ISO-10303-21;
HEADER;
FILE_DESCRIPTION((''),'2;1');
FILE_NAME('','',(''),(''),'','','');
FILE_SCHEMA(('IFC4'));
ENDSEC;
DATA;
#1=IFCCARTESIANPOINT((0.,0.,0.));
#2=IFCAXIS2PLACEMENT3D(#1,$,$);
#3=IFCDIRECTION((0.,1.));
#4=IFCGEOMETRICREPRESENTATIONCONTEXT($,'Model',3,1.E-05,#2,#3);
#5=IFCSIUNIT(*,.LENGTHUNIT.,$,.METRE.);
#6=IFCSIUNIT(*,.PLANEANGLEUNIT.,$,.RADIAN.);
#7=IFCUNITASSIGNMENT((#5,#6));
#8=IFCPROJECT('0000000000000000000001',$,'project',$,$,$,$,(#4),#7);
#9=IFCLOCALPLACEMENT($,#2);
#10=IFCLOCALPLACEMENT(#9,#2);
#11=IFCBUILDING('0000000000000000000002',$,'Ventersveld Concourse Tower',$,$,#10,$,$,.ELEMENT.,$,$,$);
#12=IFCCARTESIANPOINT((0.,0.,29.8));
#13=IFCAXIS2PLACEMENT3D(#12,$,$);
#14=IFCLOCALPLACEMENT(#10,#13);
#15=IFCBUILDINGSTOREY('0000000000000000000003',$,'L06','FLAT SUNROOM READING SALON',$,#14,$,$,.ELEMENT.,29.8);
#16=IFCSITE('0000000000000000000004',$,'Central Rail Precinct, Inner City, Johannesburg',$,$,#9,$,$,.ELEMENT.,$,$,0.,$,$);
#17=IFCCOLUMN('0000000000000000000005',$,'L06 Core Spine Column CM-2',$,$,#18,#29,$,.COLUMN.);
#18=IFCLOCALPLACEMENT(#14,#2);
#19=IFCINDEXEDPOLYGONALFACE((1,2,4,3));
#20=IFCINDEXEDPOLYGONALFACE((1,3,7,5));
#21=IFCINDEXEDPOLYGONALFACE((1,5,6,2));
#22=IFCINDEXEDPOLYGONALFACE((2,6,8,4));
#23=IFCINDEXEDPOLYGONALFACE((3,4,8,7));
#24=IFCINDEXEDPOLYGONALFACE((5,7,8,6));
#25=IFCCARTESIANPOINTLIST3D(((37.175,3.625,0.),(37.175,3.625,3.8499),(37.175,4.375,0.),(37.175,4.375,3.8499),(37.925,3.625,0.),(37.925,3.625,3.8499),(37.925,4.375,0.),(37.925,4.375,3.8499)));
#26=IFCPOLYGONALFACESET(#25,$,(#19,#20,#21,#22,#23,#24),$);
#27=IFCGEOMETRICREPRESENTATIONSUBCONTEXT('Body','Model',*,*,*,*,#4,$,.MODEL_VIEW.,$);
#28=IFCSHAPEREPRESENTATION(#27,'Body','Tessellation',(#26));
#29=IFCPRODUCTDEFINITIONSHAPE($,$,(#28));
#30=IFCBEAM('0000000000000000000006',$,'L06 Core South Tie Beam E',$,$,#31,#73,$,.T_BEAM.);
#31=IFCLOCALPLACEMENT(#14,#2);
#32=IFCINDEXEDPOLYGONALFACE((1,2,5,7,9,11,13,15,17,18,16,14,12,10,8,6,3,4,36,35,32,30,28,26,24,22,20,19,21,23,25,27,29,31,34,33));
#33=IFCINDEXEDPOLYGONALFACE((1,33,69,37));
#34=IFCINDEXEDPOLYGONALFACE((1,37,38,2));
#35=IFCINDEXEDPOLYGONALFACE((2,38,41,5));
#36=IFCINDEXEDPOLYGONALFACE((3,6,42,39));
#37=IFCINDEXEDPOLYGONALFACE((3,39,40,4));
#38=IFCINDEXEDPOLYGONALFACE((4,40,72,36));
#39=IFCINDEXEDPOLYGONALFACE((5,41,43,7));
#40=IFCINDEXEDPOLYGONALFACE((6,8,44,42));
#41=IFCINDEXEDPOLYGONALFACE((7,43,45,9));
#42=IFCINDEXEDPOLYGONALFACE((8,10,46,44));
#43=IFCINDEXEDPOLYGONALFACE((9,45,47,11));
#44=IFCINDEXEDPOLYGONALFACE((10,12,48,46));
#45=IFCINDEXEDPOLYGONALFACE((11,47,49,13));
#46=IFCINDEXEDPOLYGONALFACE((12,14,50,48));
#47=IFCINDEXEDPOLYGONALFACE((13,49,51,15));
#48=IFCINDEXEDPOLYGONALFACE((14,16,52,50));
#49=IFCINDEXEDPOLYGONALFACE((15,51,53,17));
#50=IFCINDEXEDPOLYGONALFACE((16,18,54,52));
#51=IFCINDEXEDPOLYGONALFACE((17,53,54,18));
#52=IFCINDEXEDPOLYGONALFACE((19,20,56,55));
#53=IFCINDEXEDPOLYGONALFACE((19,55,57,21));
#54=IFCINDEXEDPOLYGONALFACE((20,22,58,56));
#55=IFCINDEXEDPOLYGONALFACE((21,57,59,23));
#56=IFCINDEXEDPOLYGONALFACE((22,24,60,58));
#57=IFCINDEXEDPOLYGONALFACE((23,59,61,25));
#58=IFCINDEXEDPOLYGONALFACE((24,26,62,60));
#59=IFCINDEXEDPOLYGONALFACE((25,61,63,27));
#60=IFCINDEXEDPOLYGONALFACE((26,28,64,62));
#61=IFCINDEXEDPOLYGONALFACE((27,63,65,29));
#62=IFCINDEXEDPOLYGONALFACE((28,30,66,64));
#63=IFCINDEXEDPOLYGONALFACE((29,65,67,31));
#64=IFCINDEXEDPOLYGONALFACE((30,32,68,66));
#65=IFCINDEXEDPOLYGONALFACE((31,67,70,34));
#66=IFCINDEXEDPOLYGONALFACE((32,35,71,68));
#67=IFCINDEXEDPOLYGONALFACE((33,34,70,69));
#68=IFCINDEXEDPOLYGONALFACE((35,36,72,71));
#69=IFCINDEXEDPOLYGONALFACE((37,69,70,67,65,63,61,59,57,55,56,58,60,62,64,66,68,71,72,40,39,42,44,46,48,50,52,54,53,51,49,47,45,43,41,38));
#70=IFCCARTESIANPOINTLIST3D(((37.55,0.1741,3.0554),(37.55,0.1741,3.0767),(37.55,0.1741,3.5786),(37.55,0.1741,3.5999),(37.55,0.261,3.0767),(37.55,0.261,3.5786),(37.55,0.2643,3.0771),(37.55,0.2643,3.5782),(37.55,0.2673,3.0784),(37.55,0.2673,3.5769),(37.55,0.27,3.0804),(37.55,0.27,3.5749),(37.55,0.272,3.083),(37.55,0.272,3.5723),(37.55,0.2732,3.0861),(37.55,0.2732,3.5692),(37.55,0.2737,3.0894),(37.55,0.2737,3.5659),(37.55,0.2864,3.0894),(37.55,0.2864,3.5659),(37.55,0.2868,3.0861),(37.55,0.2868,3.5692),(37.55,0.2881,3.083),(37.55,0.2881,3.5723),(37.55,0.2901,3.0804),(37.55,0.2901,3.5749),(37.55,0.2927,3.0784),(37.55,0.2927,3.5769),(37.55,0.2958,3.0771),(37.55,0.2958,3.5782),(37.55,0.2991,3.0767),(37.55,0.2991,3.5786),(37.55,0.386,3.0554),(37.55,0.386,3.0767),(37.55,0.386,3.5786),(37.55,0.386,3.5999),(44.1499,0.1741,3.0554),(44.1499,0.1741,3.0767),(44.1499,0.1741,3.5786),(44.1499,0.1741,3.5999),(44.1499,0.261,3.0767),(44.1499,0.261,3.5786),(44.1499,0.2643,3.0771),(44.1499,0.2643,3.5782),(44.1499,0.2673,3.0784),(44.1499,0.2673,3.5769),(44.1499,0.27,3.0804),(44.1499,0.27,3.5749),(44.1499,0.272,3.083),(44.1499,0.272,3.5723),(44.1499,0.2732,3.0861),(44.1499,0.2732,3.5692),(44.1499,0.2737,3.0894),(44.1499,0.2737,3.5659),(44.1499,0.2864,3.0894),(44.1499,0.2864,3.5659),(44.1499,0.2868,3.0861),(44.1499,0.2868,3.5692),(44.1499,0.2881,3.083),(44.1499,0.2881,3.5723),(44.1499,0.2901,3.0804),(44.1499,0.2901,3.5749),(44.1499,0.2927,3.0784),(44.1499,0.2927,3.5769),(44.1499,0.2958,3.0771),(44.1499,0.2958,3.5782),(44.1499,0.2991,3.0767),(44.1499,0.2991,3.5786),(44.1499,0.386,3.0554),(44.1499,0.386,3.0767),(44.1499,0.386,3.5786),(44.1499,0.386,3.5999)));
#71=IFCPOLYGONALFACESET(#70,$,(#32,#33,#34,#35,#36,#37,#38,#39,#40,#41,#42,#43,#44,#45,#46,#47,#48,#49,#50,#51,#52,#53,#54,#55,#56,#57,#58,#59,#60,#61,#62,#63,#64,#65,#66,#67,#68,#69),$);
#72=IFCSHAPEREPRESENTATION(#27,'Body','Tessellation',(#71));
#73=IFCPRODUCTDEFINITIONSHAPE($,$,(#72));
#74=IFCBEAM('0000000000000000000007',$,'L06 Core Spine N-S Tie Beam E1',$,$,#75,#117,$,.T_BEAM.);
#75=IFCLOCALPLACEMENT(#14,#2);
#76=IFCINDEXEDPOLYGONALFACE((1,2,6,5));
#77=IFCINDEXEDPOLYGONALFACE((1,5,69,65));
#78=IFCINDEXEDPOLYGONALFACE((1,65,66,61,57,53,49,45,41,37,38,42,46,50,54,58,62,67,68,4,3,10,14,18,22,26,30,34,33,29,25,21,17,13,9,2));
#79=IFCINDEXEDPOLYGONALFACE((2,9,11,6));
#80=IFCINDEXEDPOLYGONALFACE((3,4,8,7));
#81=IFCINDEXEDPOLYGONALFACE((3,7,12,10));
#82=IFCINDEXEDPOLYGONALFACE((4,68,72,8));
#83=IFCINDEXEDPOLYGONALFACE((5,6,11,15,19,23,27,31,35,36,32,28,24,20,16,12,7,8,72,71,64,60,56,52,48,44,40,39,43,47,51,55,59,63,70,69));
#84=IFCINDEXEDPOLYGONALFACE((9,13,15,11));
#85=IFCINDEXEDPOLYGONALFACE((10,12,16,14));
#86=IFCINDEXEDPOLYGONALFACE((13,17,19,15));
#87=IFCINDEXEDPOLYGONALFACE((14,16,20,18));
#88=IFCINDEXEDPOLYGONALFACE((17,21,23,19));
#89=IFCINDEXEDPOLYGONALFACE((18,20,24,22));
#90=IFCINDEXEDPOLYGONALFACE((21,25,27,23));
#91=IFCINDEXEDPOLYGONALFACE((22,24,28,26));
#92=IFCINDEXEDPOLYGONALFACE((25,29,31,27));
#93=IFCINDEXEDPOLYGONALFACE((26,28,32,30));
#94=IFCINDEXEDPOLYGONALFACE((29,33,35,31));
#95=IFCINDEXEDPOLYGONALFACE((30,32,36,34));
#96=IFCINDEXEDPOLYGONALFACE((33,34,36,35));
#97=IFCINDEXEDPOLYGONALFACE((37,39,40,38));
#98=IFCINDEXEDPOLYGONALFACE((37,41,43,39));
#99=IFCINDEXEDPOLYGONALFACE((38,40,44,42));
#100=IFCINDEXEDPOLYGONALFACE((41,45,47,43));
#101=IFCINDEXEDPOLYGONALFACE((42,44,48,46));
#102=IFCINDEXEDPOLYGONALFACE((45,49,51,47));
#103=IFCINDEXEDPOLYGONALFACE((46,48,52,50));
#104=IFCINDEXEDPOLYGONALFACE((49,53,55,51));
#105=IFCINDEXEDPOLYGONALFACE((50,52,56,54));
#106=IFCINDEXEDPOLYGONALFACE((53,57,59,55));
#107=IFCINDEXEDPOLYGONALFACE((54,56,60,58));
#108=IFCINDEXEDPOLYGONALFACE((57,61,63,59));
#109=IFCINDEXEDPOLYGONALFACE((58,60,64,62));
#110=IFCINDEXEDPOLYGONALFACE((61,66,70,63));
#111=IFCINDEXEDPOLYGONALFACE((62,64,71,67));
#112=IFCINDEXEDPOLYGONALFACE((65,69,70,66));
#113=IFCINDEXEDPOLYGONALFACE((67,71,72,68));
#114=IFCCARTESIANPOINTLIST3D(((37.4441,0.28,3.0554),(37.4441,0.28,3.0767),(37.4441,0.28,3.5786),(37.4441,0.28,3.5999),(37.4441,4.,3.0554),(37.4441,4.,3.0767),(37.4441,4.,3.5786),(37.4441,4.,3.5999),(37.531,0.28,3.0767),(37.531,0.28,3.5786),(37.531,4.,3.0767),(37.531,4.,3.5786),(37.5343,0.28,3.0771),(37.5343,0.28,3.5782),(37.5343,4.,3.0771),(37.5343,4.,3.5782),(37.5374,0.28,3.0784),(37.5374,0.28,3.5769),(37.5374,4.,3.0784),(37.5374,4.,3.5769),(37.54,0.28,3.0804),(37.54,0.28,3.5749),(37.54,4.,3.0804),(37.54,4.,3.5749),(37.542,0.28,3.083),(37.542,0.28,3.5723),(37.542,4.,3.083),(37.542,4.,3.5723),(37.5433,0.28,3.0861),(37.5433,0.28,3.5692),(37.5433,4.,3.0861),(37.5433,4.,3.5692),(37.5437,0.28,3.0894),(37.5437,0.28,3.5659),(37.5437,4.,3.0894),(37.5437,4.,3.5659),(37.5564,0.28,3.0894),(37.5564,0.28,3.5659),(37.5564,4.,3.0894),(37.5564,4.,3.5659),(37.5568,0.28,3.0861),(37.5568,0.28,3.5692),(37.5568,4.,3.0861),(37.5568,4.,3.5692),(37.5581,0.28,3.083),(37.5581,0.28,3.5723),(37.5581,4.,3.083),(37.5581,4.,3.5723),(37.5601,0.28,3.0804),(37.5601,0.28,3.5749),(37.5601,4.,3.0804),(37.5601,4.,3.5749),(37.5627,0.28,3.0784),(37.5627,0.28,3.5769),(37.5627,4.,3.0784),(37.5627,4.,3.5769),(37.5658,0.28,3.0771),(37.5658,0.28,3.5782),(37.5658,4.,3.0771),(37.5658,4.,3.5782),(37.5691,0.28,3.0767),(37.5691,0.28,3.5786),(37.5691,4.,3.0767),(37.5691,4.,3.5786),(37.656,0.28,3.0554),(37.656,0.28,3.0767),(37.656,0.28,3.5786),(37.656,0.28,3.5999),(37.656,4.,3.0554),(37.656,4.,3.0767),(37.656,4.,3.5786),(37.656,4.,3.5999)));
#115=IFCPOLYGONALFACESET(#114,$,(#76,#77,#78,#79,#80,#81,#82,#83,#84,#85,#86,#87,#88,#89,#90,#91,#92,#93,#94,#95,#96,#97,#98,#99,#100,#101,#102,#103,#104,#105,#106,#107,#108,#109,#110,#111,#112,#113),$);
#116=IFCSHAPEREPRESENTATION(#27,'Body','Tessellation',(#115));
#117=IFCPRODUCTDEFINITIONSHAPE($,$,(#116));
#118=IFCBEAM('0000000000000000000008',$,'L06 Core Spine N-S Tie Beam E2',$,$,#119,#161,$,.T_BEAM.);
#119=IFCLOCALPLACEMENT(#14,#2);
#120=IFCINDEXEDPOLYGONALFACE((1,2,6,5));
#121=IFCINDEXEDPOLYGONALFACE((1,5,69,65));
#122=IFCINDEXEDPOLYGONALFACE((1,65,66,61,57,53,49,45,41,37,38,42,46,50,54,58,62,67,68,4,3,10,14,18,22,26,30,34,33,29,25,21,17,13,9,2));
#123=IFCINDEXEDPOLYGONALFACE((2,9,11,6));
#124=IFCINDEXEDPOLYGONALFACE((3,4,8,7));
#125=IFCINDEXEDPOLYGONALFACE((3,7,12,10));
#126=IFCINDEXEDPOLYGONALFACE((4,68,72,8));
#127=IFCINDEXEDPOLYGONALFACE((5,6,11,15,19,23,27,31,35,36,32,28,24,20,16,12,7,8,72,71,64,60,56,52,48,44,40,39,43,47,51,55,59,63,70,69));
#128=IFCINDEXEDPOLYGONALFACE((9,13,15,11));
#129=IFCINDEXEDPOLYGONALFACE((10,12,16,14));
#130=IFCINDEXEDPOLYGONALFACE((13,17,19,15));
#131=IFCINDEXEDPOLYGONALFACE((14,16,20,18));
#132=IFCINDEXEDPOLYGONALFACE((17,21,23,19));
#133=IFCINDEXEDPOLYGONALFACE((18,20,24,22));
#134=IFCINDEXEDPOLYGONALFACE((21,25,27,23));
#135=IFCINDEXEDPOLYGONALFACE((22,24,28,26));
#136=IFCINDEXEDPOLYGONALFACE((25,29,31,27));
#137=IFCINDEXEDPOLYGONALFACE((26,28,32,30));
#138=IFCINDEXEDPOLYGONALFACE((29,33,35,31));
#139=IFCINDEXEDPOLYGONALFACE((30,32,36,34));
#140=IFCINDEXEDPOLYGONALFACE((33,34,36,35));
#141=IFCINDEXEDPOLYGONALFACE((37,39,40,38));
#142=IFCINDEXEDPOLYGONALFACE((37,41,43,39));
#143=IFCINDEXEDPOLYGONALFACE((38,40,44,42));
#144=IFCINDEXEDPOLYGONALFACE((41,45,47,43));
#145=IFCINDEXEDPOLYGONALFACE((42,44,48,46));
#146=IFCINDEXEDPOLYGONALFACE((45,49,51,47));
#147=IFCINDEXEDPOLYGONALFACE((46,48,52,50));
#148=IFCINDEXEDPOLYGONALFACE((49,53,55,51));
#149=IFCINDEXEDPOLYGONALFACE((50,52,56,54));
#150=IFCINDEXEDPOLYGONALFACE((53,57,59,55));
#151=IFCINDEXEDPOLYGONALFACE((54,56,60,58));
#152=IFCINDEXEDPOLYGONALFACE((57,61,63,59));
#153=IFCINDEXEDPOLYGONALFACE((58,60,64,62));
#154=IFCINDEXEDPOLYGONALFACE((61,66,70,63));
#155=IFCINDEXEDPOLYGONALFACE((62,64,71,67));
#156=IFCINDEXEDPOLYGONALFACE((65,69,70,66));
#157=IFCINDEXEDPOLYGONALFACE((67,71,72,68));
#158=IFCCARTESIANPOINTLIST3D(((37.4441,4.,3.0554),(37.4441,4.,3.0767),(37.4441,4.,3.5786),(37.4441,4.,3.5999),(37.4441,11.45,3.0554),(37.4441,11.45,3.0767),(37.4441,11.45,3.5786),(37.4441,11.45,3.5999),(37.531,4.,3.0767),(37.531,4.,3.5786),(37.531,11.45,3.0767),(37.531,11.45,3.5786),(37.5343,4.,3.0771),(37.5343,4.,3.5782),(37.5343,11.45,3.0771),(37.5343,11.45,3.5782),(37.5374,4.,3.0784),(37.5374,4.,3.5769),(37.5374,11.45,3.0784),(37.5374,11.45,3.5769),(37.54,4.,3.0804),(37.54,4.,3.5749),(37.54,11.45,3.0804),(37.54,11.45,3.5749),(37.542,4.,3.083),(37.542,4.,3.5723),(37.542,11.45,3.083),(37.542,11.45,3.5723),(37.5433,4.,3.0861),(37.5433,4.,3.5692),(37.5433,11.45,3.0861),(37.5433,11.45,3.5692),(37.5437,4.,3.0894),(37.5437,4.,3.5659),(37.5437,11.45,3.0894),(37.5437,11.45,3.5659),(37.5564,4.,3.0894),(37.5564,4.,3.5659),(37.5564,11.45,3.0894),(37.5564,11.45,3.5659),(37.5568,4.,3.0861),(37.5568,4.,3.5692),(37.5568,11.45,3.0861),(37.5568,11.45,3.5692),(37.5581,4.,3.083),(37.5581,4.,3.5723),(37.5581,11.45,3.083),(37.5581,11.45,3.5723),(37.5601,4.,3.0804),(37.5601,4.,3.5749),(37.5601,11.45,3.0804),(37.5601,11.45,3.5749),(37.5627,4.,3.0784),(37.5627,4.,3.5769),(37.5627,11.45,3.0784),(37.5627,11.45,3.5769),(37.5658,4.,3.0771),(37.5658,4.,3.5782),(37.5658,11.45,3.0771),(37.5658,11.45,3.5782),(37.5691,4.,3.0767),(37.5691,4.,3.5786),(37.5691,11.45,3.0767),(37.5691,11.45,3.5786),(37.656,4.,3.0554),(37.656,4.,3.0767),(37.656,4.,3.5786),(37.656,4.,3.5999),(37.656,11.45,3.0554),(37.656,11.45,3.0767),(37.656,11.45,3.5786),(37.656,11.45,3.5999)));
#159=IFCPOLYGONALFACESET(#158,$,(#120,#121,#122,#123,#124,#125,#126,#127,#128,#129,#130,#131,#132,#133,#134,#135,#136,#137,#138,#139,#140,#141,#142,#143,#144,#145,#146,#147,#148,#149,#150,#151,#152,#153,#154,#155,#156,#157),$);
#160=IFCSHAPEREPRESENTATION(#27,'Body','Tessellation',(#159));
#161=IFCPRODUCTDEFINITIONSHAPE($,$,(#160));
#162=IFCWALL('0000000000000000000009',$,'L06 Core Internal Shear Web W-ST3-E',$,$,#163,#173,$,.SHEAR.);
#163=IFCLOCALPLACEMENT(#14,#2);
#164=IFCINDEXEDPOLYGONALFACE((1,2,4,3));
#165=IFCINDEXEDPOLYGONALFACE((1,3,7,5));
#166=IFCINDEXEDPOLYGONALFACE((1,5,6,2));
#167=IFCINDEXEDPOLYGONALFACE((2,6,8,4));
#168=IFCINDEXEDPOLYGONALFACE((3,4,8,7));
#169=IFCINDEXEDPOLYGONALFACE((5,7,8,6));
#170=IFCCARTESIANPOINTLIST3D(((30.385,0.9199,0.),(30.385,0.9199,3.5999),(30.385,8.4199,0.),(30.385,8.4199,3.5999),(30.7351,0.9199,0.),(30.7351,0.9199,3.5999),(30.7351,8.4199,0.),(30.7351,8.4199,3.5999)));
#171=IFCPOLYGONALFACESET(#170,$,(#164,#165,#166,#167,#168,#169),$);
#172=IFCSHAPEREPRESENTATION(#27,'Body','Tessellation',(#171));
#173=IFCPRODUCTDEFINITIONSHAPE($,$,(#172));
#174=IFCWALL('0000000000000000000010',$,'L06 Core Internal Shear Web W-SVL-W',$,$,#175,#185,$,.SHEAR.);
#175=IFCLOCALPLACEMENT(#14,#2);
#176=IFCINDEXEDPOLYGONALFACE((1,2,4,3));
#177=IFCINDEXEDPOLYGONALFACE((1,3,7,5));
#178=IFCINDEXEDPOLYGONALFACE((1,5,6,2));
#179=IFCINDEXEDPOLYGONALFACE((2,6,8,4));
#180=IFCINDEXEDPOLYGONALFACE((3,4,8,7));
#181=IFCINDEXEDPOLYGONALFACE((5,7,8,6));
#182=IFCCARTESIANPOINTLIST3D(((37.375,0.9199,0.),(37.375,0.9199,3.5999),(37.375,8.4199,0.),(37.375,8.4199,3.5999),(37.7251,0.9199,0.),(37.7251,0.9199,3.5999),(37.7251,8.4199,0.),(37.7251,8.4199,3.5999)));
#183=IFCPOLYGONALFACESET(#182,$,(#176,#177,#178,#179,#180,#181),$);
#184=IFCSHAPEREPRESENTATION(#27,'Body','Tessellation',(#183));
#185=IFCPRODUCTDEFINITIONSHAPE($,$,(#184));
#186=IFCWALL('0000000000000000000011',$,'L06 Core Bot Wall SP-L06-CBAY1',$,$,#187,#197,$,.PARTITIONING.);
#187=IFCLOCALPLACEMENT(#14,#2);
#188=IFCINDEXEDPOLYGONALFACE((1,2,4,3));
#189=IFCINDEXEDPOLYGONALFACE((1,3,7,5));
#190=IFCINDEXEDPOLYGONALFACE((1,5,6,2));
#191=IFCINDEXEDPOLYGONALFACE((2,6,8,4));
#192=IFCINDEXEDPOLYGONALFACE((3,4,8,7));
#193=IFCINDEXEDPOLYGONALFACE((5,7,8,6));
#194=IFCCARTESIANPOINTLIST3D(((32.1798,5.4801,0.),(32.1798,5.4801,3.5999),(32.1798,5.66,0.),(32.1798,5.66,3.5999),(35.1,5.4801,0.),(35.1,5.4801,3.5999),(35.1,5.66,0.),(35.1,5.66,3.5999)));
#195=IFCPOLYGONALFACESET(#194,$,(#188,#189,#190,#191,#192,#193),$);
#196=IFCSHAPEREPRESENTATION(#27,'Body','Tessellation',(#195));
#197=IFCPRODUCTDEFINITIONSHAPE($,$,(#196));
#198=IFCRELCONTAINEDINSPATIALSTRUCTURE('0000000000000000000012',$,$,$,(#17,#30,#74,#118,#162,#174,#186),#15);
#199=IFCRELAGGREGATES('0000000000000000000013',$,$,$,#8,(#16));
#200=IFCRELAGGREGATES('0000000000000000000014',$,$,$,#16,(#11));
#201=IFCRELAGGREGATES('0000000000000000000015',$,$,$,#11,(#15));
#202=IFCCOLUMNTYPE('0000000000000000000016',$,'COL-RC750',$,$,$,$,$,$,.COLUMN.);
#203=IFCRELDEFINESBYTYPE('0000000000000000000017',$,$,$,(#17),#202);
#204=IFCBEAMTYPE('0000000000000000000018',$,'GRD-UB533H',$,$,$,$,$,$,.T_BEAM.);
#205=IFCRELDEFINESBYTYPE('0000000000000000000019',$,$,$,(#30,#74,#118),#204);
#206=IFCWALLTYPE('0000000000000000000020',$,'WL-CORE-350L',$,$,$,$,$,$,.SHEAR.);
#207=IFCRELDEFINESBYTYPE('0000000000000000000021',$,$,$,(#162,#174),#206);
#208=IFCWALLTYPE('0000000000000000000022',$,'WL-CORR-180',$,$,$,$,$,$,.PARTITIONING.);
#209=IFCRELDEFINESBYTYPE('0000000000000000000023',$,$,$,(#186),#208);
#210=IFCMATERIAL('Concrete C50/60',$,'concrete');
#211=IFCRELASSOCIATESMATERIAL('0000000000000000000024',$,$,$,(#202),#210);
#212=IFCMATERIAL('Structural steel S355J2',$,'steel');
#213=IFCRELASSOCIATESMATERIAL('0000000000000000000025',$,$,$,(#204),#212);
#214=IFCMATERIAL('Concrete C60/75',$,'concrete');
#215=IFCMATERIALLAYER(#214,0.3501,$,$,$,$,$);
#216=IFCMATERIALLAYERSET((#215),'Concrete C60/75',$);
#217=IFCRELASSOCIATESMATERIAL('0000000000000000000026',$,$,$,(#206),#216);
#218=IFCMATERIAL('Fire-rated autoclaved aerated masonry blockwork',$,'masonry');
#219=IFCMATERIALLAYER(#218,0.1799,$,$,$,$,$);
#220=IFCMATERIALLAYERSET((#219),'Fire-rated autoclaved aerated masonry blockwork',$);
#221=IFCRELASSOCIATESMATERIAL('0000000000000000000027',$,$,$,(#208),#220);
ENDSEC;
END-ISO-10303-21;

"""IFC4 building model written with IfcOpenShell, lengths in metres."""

from ifc_helpers import new_model, si_unit, direction, frame, frame_2d, origin, origin_2d, place, context, subcontext, project, spatial, rectangle, i_section, extrude, material, layer, layer_set, material_profile, profile_set, type_object, element, save


model = new_model("IFC4")

# Units and contexts
model_context = context("Model", 3, precision=1e-05, world=origin(), true_north=direction((0.0, 1.0)))
body_context = subcontext(model_context, "Body", "Model", "MODEL_VIEW")
ifc_project = project(units=[si_unit("LENGTHUNIT", "METRE"), si_unit("PLANEANGLEUNIT", "RADIAN")], contexts=[model_context])

# Site, building, storey
site_placement = place(None, origin())
site = spatial("IfcSite", under=ifc_project, at=site_placement, Name="Central Rail Precinct, Inner City, Johannesburg", CompositionType="ELEMENT", RefElevation=0.0)
building_placement = place(site_placement, origin())
building = spatial("IfcBuilding", under=site, at=building_placement, Name="Ventersveld Concourse Tower", CompositionType="ELEMENT")
storey_placement = place(building_placement, frame((0.0, 0.0, 29.8)))
storey = spatial("IfcBuildingStorey", under=building, at=storey_placement, Name="L06", Description="FLAT SUNROOM READING SALON", CompositionType="ELEMENT", Elevation=29.8)

# Column
ifc_material_1 = material(Name="Concrete C50/60", Category="concrete")
ifc_material_profile_1 = material_profile(ifc_material_1, rectangle(XDim=0.75, YDim=0.75, at=origin_2d()), Name="RC 750x750")
ifc_profile_set_1 = profile_set([ifc_material_profile_1], Name="Concrete C50/60")
column_type = type_object("IfcColumnType", Name="COL-RC750", PredefinedType="COLUMN", material=ifc_profile_set_1)
column_placement = place(storey_placement, frame((37.55, 4.0, 0.0), z_axis=(0.0, 0.0, 1.0), x_axis=(1.0, 0.0, 0.0)))
element("IfcColumn", 1, at=column_placement, inside=storey, type_object=column_type, Name="L06 Core Spine Column CM-2", PredefinedType="COLUMN", context=body_context, shape_type="SweptSolid", body=[
    extrude(rectangle(XDim=0.75, YDim=0.75, at=origin_2d()), origin(), (0.0, 0.0, 1.0), 3.8499),
])

# Beams
ifc_material_2 = material(Name="Structural steel S355J2", Category="steel")
ifc_material_profile_2 = material_profile(ifc_material_2, i_section(OverallWidth=0.2119, OverallDepth=0.5444, WebThickness=0.0127, FlangeThickness=0.0212, FilletRadius=0.0127, at=origin_2d()), Name="UB 533x210x122")
ifc_profile_set_2 = profile_set([ifc_material_profile_2], Name="Structural steel S355J2")
beam_type = type_object("IfcBeamType", Name="GRD-UB533H", PredefinedType="T_BEAM", material=ifc_profile_set_2)
beam_1_placement = place(storey_placement, frame((37.55, 0.28, 3.3276), z_axis=(1.0, 0.0, 0.0), x_axis=(0.0, 1.0, 0.0)))
element("IfcBeam", 2, at=beam_1_placement, inside=storey, type_object=beam_type, Name="L06 Core South Tie Beam E", PredefinedType="T_BEAM", context=body_context, shape_type="SweptSolid", body=[
    extrude(i_section(OverallWidth=0.2119, OverallDepth=0.5444, WebThickness=0.0127, FlangeThickness=0.0212, FilletRadius=0.0127, at=origin_2d()), origin(), (0.0, 0.0, 1.0), 6.5999),
])
beam_2_placement = place(storey_placement, frame((37.55, 0.28, 3.3276), z_axis=(0.0, 1.0, 0.0), x_axis=(-1.0, 0.0, 0.0)))
element("IfcBeam", 3, at=beam_2_placement, inside=storey, type_object=beam_type, Name="L06 Core Spine N-S Tie Beam E1", PredefinedType="T_BEAM", context=body_context, shape_type="SweptSolid", body=[
    extrude(i_section(OverallWidth=0.2119, OverallDepth=0.5444, WebThickness=0.0127, FlangeThickness=0.0212, FilletRadius=0.0127, at=origin_2d()), origin(), (0.0, 0.0, 1.0), 3.72),
])
beam_3_placement = place(storey_placement, frame((37.55, 4.0, 3.3276), z_axis=(0.0, 1.0, 0.0), x_axis=(-1.0, 0.0, 0.0)))
element("IfcBeam", 4, at=beam_3_placement, inside=storey, type_object=beam_type, Name="L06 Core Spine N-S Tie Beam E2", PredefinedType="T_BEAM", context=body_context, shape_type="SweptSolid", body=[
    extrude(i_section(OverallWidth=0.2119, OverallDepth=0.5444, WebThickness=0.0127, FlangeThickness=0.0212, FilletRadius=0.0127, at=origin_2d()), origin(), (0.0, 0.0, 1.0), 7.45),
])

# Walls
ifc_material_3 = material(Name="Concrete C60/75", Category="concrete")
ifc_layer_1 = layer(ifc_material_3, 0.3501)
ifc_layer_set_1 = layer_set([ifc_layer_1], Name="Concrete C60/75")
wall_type_1 = type_object("IfcWallType", Name="WL-CORE-350L", PredefinedType="SHEAR", material=ifc_layer_set_1)
for number, where, z_axis, x_axis, name in (
    (5, (30.5601, 0.9199, 0.0), (0.0, 0.0, 1.0), (0.0, 1.0, 0.0), "L06 Core Internal Shear Web W-ST3-E"),
    (6, (37.55, 0.9199, 0.0), (0.0, 0.0, 1.0), (0.0, 1.0, 0.0), "L06 Core Internal Shear Web W-SVL-W"),
):
    element("IfcWall", number, at=place(storey_placement, frame(where, z_axis=z_axis, x_axis=x_axis)), inside=storey, type_object=wall_type_1, Name=name, PredefinedType="SHEAR", context=body_context, shape_type="SweptSolid", body=[
        extrude(rectangle(XDim=7.5, YDim=0.3501, at=frame_2d((3.75, 0.0))), origin(), (0.0, 0.0, 1.0), 3.5999),
    ])
ifc_material_4 = material(Name="Fire-rated autoclaved aerated masonry blockwork", Category="masonry")
ifc_layer_2 = layer(ifc_material_4, 0.1799)
ifc_layer_set_2 = layer_set([ifc_layer_2], Name="Fire-rated autoclaved aerated masonry blockwork")
wall_type_2 = type_object("IfcWallType", Name="WL-CORR-180", PredefinedType="PARTITIONING", material=ifc_layer_set_2)
wall_1_placement = place(storey_placement, frame((32.1799, 5.5701, 0.0), z_axis=(0.0, 0.0, 1.0), x_axis=(1.0, 0.0, 0.0)))
element("IfcWall", 7, at=wall_1_placement, inside=storey, type_object=wall_type_2, Name="L06 Core Bot Wall SP-L06-CBAY1", PredefinedType="PARTITIONING", context=body_context, shape_type="SweptSolid", body=[
    extrude(rectangle(XDim=2.9202, YDim=0.1799, at=frame_2d((1.46, 0.0))), origin(), (0.0, 0.0, 1.0), 3.5999),
])

save(model, "model.ifc")
